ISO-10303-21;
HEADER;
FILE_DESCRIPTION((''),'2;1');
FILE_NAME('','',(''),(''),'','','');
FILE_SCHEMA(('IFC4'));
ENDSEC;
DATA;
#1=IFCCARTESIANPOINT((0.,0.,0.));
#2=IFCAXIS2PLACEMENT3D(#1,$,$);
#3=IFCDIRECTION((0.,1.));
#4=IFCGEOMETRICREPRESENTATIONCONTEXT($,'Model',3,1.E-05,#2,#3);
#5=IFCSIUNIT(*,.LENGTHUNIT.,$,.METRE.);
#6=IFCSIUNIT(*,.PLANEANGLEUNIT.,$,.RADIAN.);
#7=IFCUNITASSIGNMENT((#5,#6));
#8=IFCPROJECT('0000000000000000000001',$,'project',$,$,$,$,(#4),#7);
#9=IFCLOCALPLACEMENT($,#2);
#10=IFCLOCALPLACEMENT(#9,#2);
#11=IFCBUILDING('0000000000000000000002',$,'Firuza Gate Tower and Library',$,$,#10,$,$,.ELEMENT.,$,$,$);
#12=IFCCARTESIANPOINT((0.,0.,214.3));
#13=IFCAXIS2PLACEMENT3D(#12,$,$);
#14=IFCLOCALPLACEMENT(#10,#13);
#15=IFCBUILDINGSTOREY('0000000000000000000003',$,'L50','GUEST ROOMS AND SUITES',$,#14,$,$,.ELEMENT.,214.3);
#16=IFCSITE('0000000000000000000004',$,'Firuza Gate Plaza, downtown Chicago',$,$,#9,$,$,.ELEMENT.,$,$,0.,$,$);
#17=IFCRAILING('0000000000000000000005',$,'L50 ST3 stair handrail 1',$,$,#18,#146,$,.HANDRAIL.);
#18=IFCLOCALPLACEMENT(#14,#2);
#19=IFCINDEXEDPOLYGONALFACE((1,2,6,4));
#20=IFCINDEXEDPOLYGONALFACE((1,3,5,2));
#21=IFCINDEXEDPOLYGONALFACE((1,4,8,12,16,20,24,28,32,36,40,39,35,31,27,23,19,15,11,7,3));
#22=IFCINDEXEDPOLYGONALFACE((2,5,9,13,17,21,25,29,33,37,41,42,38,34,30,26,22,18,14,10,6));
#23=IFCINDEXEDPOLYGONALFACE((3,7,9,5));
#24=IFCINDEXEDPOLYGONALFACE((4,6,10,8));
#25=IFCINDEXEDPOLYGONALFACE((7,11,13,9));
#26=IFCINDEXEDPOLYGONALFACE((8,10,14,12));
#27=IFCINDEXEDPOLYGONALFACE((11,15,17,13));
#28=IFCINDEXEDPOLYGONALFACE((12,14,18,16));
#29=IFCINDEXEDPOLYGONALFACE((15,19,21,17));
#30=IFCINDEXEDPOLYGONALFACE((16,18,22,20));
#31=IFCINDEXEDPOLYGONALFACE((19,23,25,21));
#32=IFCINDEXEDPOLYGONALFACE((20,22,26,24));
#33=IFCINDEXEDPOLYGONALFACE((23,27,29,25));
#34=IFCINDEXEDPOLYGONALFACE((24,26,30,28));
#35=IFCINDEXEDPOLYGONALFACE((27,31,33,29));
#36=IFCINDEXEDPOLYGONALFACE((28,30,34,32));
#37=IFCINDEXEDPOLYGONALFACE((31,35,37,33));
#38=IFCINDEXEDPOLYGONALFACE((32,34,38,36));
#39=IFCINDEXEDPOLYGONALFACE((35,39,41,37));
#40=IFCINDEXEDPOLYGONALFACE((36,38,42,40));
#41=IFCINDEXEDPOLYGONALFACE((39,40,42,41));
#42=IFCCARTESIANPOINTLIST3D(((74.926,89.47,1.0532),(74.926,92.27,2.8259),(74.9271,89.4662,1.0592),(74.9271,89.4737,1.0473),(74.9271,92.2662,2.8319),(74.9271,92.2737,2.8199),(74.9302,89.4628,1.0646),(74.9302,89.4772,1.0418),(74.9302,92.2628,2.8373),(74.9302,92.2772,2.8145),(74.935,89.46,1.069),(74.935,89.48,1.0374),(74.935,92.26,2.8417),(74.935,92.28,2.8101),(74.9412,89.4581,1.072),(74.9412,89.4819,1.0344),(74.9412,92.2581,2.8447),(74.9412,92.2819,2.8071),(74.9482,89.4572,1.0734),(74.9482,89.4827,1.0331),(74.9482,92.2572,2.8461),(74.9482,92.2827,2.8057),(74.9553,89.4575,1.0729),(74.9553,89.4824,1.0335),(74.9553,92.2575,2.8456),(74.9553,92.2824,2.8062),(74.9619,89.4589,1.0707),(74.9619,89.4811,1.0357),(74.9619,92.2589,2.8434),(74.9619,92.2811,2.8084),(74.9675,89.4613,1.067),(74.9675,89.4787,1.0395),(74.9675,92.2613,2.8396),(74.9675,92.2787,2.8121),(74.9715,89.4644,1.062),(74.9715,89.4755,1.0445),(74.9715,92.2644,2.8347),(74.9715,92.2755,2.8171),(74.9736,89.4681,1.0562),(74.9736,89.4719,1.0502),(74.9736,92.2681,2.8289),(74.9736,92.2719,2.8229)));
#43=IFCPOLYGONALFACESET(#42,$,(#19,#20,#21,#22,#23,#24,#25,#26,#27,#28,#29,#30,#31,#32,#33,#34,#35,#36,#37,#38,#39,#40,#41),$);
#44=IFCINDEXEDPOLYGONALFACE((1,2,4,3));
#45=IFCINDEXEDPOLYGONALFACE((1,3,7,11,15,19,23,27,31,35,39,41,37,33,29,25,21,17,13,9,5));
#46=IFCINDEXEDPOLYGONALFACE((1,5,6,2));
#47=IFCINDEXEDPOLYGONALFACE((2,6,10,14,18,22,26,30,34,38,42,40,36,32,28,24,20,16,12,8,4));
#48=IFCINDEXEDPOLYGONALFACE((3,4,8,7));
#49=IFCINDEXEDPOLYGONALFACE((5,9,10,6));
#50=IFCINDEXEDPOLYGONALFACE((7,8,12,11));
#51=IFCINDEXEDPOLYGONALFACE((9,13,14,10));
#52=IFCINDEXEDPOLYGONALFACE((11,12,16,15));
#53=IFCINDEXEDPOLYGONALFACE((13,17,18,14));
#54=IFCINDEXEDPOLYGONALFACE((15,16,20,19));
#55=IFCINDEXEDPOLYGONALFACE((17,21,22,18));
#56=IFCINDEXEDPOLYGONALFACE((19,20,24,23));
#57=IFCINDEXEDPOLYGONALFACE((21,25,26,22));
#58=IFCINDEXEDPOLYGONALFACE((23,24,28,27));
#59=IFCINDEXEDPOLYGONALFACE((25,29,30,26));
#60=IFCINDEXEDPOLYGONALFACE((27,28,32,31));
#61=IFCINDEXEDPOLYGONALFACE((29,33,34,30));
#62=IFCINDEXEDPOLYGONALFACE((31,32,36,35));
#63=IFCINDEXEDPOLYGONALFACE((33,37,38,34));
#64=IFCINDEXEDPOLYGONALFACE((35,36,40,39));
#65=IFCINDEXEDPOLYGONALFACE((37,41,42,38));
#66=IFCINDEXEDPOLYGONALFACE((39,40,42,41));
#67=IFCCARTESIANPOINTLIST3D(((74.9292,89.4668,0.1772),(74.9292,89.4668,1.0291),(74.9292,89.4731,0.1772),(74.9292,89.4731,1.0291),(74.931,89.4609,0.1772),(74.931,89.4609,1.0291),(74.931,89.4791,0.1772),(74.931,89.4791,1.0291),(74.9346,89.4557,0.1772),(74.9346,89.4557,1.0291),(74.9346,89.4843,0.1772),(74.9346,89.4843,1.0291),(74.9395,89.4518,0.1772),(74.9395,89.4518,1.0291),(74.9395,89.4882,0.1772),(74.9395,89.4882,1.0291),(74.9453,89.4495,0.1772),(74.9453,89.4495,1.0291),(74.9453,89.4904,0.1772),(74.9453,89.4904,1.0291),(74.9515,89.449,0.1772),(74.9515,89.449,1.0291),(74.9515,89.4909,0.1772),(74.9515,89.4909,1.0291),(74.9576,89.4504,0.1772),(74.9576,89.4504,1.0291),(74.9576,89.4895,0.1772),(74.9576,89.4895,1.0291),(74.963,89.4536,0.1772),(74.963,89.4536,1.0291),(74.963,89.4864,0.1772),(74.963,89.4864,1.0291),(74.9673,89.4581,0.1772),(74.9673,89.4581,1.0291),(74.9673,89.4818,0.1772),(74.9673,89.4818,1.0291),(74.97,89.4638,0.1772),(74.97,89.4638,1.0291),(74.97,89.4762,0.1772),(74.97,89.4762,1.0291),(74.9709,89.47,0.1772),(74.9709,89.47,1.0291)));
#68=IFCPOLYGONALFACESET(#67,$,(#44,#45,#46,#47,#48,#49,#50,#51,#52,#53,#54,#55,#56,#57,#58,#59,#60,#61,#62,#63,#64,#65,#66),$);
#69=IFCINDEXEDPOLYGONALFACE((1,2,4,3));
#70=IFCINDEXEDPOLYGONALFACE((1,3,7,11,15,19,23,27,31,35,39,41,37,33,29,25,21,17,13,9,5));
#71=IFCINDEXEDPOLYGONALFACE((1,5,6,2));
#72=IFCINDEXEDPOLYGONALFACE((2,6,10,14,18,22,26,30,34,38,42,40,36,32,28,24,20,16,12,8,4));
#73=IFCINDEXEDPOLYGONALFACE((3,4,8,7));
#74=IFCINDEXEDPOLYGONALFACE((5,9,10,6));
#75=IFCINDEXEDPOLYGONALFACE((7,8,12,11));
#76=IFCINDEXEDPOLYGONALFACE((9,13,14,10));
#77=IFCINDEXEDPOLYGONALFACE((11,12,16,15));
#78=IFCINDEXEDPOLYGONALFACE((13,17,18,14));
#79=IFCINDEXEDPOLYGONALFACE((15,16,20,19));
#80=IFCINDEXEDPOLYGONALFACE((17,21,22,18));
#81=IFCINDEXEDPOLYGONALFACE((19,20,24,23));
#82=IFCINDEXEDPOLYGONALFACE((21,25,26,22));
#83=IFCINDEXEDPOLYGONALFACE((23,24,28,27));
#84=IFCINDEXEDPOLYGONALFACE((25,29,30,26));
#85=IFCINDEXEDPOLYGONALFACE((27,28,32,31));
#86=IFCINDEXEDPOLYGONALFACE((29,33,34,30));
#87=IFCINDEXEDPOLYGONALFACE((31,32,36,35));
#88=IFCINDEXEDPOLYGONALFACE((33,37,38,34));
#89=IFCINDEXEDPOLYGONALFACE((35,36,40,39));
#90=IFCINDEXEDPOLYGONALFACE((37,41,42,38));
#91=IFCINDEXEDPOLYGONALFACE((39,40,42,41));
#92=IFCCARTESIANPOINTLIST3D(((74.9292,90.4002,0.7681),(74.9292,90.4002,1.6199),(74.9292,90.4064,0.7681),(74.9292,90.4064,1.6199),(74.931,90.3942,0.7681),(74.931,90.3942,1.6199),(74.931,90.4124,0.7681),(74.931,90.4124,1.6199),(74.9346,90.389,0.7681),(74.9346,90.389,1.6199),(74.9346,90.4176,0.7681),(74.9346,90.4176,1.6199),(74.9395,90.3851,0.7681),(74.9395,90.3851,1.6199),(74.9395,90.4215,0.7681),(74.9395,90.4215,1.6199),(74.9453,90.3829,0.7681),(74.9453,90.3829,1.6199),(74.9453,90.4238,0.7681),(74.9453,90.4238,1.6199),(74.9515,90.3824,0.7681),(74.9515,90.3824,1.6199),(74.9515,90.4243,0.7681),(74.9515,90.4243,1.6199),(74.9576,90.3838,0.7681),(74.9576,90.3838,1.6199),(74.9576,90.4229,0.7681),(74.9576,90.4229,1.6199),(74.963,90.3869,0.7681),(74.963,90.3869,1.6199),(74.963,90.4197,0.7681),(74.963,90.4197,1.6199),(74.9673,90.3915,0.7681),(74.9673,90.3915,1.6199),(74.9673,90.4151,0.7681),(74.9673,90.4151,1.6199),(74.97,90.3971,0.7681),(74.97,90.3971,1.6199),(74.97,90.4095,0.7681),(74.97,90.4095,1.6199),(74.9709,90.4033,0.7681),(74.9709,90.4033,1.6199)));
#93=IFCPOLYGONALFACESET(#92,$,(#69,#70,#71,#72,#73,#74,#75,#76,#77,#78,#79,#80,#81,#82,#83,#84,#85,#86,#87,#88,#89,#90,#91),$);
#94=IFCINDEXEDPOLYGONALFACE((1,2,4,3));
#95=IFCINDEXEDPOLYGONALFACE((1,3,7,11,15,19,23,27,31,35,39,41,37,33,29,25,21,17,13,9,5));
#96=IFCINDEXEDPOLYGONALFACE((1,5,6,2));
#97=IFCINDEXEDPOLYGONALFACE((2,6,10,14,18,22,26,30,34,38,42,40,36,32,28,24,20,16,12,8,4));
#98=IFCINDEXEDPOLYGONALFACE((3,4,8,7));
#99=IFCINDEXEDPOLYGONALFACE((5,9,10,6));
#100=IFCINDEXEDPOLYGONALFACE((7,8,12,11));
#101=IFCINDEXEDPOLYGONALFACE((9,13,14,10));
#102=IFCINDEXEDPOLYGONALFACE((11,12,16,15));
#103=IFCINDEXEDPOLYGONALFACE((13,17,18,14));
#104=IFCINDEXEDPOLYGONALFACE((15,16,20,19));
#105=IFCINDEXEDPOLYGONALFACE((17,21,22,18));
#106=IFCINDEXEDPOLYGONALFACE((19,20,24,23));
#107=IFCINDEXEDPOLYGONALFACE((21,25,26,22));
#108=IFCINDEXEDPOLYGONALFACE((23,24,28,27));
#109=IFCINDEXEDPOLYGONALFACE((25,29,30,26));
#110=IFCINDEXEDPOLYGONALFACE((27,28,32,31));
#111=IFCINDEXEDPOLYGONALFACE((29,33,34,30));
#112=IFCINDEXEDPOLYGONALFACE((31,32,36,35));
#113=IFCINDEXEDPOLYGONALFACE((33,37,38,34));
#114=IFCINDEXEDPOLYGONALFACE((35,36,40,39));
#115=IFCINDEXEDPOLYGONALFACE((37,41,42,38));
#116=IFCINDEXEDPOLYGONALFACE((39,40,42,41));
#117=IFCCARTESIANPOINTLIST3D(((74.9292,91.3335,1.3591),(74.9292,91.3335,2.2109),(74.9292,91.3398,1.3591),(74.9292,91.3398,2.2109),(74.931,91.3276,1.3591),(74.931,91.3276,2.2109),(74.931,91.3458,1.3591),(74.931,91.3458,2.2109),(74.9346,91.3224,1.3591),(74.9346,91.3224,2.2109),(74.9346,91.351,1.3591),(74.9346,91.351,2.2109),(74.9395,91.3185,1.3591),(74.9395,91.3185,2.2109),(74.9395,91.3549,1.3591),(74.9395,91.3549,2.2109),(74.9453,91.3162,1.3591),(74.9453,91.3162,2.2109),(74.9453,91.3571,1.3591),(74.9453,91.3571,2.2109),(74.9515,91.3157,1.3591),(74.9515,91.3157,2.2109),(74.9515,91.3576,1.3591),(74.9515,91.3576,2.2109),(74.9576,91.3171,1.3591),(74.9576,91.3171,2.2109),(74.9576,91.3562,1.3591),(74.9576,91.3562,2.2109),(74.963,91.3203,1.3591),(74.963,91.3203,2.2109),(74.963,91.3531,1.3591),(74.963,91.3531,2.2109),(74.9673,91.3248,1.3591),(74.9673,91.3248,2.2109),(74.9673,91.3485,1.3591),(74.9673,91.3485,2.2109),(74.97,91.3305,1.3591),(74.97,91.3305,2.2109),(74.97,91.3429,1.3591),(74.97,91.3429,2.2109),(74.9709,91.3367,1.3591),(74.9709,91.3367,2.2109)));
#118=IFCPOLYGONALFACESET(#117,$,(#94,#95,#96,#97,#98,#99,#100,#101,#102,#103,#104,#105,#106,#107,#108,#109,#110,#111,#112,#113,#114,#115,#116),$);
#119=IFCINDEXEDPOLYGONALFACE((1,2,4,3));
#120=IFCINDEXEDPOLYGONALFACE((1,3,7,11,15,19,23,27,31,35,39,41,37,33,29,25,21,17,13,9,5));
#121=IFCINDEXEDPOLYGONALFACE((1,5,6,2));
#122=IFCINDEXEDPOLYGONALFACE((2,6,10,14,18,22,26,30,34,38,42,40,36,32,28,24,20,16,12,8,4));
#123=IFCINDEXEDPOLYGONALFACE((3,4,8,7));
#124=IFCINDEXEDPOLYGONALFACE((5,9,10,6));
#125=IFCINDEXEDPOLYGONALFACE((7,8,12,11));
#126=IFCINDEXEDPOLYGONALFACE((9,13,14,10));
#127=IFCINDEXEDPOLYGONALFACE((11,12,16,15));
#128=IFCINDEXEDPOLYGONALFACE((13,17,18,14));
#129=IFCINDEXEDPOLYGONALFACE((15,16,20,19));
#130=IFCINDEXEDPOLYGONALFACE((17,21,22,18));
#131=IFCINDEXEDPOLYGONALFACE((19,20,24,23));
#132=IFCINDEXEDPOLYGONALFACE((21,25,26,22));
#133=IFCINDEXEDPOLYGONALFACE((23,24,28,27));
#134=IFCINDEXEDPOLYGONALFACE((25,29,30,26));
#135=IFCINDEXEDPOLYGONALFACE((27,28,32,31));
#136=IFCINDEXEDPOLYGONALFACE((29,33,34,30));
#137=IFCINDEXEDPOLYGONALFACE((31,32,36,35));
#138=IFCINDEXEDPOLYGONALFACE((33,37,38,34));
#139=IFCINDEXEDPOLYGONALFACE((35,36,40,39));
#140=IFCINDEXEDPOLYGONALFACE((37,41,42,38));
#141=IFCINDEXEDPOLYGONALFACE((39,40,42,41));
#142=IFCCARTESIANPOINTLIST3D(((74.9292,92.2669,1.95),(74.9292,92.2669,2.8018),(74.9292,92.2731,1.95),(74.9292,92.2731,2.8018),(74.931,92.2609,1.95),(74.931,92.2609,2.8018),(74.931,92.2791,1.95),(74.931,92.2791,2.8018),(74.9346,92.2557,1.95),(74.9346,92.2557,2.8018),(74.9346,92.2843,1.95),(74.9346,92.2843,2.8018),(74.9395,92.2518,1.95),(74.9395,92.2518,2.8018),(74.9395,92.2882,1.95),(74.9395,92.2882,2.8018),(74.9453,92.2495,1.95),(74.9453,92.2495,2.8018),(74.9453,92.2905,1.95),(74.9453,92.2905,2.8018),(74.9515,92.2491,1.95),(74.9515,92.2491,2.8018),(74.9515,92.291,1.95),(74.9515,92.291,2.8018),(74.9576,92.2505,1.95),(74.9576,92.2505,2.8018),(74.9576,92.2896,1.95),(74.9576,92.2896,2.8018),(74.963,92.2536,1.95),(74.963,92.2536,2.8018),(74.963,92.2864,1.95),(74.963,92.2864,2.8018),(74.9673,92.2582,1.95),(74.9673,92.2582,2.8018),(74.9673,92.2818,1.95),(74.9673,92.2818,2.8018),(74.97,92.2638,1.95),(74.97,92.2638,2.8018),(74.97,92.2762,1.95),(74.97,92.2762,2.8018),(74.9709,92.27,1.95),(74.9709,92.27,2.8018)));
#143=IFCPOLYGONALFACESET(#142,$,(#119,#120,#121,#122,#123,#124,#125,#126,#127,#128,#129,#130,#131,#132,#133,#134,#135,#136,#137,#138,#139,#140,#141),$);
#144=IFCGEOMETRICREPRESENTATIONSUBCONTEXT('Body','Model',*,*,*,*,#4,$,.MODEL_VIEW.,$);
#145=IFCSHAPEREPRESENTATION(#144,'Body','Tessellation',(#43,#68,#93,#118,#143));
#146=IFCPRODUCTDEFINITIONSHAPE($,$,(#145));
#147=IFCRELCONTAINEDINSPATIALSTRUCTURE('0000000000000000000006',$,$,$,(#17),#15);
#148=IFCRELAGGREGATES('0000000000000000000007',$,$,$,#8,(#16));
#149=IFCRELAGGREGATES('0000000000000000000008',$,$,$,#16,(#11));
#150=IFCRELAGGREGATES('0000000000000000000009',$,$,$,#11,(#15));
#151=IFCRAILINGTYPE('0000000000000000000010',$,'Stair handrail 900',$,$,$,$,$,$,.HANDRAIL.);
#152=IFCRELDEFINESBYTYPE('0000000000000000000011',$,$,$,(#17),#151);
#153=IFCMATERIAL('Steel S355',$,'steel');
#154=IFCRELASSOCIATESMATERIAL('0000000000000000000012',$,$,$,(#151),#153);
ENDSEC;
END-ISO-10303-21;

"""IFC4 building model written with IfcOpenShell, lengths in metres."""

from ifc_helpers import new_model, si_unit, direction, frame, origin, origin_2d, place, context, subcontext, project, spatial, circle, extrude, material, type_object, element, save


model = new_model("IFC4")

# Units and contexts
model_context = context("Model", 3, precision=1e-05, world=origin(), true_north=direction((0.0, 1.0)))
body_context = subcontext(model_context, "Body", "Model", "MODEL_VIEW")
ifc_project = project(units=[si_unit("LENGTHUNIT", "METRE"), si_unit("PLANEANGLEUNIT", "RADIAN")], contexts=[model_context])

# Site, building, storey
site_placement = place(None, origin())
site = spatial("IfcSite", under=ifc_project, at=site_placement, Name="Firuza Gate Plaza, downtown Chicago", CompositionType="ELEMENT", RefElevation=0.0)
building_placement = place(site_placement, origin())
building = spatial("IfcBuilding", under=site, at=building_placement, Name="Firuza Gate Tower and Library", CompositionType="ELEMENT")
storey_placement = place(building_placement, frame((0.0, 0.0, 214.3)))
storey = spatial("IfcBuildingStorey", under=building, at=storey_placement, Name="L50", Description="GUEST ROOMS AND SUITES", CompositionType="ELEMENT", Elevation=214.3)

# Railing
ifc_material_1 = material(Name="Steel S355", Category="steel")
railing_type_1 = type_object("IfcRailingType", Name="Stair handrail 900", PredefinedType="HANDRAIL", material=ifc_material_1)
railing_1_placement = place(storey_placement, frame((74.95, 89.47, 0.1772)))
element("IfcRailing", 1, at=railing_1_placement, inside=storey, type_object=railing_type_1, Name="L50 ST3 stair handrail 1", PredefinedType="HANDRAIL", context=body_context, shape_type="SweptSolid", body=[
    extrude(circle(Radius=0.0239, at=origin_2d()), frame((0.0, 0.0, 0.876), z_axis=(0.0, 0.844909, 0.53491), x_axis=(-1.0, 0.0, 0.0)), (0.0, 0.0, 1.0), 3.314),
    extrude(circle(Radius=0.021, at=origin_2d()), origin(), (0.0, 0.0, 1.0), 0.8518),
    extrude(circle(Radius=0.021, at=origin_2d()), frame((0.0, 0.9333, 0.5908)), (0.0, 0.0, 1.0), 0.8518),
    extrude(circle(Radius=0.021, at=origin_2d()), frame((0.0, 1.8667, 1.1819)), (0.0, 0.0, 1.0), 0.8518),
    extrude(circle(Radius=0.021, at=origin_2d()), frame((0.0, 2.8, 1.7727)), (0.0, 0.0, 1.0), 0.8518),
])

save(model, "model.ifc")
